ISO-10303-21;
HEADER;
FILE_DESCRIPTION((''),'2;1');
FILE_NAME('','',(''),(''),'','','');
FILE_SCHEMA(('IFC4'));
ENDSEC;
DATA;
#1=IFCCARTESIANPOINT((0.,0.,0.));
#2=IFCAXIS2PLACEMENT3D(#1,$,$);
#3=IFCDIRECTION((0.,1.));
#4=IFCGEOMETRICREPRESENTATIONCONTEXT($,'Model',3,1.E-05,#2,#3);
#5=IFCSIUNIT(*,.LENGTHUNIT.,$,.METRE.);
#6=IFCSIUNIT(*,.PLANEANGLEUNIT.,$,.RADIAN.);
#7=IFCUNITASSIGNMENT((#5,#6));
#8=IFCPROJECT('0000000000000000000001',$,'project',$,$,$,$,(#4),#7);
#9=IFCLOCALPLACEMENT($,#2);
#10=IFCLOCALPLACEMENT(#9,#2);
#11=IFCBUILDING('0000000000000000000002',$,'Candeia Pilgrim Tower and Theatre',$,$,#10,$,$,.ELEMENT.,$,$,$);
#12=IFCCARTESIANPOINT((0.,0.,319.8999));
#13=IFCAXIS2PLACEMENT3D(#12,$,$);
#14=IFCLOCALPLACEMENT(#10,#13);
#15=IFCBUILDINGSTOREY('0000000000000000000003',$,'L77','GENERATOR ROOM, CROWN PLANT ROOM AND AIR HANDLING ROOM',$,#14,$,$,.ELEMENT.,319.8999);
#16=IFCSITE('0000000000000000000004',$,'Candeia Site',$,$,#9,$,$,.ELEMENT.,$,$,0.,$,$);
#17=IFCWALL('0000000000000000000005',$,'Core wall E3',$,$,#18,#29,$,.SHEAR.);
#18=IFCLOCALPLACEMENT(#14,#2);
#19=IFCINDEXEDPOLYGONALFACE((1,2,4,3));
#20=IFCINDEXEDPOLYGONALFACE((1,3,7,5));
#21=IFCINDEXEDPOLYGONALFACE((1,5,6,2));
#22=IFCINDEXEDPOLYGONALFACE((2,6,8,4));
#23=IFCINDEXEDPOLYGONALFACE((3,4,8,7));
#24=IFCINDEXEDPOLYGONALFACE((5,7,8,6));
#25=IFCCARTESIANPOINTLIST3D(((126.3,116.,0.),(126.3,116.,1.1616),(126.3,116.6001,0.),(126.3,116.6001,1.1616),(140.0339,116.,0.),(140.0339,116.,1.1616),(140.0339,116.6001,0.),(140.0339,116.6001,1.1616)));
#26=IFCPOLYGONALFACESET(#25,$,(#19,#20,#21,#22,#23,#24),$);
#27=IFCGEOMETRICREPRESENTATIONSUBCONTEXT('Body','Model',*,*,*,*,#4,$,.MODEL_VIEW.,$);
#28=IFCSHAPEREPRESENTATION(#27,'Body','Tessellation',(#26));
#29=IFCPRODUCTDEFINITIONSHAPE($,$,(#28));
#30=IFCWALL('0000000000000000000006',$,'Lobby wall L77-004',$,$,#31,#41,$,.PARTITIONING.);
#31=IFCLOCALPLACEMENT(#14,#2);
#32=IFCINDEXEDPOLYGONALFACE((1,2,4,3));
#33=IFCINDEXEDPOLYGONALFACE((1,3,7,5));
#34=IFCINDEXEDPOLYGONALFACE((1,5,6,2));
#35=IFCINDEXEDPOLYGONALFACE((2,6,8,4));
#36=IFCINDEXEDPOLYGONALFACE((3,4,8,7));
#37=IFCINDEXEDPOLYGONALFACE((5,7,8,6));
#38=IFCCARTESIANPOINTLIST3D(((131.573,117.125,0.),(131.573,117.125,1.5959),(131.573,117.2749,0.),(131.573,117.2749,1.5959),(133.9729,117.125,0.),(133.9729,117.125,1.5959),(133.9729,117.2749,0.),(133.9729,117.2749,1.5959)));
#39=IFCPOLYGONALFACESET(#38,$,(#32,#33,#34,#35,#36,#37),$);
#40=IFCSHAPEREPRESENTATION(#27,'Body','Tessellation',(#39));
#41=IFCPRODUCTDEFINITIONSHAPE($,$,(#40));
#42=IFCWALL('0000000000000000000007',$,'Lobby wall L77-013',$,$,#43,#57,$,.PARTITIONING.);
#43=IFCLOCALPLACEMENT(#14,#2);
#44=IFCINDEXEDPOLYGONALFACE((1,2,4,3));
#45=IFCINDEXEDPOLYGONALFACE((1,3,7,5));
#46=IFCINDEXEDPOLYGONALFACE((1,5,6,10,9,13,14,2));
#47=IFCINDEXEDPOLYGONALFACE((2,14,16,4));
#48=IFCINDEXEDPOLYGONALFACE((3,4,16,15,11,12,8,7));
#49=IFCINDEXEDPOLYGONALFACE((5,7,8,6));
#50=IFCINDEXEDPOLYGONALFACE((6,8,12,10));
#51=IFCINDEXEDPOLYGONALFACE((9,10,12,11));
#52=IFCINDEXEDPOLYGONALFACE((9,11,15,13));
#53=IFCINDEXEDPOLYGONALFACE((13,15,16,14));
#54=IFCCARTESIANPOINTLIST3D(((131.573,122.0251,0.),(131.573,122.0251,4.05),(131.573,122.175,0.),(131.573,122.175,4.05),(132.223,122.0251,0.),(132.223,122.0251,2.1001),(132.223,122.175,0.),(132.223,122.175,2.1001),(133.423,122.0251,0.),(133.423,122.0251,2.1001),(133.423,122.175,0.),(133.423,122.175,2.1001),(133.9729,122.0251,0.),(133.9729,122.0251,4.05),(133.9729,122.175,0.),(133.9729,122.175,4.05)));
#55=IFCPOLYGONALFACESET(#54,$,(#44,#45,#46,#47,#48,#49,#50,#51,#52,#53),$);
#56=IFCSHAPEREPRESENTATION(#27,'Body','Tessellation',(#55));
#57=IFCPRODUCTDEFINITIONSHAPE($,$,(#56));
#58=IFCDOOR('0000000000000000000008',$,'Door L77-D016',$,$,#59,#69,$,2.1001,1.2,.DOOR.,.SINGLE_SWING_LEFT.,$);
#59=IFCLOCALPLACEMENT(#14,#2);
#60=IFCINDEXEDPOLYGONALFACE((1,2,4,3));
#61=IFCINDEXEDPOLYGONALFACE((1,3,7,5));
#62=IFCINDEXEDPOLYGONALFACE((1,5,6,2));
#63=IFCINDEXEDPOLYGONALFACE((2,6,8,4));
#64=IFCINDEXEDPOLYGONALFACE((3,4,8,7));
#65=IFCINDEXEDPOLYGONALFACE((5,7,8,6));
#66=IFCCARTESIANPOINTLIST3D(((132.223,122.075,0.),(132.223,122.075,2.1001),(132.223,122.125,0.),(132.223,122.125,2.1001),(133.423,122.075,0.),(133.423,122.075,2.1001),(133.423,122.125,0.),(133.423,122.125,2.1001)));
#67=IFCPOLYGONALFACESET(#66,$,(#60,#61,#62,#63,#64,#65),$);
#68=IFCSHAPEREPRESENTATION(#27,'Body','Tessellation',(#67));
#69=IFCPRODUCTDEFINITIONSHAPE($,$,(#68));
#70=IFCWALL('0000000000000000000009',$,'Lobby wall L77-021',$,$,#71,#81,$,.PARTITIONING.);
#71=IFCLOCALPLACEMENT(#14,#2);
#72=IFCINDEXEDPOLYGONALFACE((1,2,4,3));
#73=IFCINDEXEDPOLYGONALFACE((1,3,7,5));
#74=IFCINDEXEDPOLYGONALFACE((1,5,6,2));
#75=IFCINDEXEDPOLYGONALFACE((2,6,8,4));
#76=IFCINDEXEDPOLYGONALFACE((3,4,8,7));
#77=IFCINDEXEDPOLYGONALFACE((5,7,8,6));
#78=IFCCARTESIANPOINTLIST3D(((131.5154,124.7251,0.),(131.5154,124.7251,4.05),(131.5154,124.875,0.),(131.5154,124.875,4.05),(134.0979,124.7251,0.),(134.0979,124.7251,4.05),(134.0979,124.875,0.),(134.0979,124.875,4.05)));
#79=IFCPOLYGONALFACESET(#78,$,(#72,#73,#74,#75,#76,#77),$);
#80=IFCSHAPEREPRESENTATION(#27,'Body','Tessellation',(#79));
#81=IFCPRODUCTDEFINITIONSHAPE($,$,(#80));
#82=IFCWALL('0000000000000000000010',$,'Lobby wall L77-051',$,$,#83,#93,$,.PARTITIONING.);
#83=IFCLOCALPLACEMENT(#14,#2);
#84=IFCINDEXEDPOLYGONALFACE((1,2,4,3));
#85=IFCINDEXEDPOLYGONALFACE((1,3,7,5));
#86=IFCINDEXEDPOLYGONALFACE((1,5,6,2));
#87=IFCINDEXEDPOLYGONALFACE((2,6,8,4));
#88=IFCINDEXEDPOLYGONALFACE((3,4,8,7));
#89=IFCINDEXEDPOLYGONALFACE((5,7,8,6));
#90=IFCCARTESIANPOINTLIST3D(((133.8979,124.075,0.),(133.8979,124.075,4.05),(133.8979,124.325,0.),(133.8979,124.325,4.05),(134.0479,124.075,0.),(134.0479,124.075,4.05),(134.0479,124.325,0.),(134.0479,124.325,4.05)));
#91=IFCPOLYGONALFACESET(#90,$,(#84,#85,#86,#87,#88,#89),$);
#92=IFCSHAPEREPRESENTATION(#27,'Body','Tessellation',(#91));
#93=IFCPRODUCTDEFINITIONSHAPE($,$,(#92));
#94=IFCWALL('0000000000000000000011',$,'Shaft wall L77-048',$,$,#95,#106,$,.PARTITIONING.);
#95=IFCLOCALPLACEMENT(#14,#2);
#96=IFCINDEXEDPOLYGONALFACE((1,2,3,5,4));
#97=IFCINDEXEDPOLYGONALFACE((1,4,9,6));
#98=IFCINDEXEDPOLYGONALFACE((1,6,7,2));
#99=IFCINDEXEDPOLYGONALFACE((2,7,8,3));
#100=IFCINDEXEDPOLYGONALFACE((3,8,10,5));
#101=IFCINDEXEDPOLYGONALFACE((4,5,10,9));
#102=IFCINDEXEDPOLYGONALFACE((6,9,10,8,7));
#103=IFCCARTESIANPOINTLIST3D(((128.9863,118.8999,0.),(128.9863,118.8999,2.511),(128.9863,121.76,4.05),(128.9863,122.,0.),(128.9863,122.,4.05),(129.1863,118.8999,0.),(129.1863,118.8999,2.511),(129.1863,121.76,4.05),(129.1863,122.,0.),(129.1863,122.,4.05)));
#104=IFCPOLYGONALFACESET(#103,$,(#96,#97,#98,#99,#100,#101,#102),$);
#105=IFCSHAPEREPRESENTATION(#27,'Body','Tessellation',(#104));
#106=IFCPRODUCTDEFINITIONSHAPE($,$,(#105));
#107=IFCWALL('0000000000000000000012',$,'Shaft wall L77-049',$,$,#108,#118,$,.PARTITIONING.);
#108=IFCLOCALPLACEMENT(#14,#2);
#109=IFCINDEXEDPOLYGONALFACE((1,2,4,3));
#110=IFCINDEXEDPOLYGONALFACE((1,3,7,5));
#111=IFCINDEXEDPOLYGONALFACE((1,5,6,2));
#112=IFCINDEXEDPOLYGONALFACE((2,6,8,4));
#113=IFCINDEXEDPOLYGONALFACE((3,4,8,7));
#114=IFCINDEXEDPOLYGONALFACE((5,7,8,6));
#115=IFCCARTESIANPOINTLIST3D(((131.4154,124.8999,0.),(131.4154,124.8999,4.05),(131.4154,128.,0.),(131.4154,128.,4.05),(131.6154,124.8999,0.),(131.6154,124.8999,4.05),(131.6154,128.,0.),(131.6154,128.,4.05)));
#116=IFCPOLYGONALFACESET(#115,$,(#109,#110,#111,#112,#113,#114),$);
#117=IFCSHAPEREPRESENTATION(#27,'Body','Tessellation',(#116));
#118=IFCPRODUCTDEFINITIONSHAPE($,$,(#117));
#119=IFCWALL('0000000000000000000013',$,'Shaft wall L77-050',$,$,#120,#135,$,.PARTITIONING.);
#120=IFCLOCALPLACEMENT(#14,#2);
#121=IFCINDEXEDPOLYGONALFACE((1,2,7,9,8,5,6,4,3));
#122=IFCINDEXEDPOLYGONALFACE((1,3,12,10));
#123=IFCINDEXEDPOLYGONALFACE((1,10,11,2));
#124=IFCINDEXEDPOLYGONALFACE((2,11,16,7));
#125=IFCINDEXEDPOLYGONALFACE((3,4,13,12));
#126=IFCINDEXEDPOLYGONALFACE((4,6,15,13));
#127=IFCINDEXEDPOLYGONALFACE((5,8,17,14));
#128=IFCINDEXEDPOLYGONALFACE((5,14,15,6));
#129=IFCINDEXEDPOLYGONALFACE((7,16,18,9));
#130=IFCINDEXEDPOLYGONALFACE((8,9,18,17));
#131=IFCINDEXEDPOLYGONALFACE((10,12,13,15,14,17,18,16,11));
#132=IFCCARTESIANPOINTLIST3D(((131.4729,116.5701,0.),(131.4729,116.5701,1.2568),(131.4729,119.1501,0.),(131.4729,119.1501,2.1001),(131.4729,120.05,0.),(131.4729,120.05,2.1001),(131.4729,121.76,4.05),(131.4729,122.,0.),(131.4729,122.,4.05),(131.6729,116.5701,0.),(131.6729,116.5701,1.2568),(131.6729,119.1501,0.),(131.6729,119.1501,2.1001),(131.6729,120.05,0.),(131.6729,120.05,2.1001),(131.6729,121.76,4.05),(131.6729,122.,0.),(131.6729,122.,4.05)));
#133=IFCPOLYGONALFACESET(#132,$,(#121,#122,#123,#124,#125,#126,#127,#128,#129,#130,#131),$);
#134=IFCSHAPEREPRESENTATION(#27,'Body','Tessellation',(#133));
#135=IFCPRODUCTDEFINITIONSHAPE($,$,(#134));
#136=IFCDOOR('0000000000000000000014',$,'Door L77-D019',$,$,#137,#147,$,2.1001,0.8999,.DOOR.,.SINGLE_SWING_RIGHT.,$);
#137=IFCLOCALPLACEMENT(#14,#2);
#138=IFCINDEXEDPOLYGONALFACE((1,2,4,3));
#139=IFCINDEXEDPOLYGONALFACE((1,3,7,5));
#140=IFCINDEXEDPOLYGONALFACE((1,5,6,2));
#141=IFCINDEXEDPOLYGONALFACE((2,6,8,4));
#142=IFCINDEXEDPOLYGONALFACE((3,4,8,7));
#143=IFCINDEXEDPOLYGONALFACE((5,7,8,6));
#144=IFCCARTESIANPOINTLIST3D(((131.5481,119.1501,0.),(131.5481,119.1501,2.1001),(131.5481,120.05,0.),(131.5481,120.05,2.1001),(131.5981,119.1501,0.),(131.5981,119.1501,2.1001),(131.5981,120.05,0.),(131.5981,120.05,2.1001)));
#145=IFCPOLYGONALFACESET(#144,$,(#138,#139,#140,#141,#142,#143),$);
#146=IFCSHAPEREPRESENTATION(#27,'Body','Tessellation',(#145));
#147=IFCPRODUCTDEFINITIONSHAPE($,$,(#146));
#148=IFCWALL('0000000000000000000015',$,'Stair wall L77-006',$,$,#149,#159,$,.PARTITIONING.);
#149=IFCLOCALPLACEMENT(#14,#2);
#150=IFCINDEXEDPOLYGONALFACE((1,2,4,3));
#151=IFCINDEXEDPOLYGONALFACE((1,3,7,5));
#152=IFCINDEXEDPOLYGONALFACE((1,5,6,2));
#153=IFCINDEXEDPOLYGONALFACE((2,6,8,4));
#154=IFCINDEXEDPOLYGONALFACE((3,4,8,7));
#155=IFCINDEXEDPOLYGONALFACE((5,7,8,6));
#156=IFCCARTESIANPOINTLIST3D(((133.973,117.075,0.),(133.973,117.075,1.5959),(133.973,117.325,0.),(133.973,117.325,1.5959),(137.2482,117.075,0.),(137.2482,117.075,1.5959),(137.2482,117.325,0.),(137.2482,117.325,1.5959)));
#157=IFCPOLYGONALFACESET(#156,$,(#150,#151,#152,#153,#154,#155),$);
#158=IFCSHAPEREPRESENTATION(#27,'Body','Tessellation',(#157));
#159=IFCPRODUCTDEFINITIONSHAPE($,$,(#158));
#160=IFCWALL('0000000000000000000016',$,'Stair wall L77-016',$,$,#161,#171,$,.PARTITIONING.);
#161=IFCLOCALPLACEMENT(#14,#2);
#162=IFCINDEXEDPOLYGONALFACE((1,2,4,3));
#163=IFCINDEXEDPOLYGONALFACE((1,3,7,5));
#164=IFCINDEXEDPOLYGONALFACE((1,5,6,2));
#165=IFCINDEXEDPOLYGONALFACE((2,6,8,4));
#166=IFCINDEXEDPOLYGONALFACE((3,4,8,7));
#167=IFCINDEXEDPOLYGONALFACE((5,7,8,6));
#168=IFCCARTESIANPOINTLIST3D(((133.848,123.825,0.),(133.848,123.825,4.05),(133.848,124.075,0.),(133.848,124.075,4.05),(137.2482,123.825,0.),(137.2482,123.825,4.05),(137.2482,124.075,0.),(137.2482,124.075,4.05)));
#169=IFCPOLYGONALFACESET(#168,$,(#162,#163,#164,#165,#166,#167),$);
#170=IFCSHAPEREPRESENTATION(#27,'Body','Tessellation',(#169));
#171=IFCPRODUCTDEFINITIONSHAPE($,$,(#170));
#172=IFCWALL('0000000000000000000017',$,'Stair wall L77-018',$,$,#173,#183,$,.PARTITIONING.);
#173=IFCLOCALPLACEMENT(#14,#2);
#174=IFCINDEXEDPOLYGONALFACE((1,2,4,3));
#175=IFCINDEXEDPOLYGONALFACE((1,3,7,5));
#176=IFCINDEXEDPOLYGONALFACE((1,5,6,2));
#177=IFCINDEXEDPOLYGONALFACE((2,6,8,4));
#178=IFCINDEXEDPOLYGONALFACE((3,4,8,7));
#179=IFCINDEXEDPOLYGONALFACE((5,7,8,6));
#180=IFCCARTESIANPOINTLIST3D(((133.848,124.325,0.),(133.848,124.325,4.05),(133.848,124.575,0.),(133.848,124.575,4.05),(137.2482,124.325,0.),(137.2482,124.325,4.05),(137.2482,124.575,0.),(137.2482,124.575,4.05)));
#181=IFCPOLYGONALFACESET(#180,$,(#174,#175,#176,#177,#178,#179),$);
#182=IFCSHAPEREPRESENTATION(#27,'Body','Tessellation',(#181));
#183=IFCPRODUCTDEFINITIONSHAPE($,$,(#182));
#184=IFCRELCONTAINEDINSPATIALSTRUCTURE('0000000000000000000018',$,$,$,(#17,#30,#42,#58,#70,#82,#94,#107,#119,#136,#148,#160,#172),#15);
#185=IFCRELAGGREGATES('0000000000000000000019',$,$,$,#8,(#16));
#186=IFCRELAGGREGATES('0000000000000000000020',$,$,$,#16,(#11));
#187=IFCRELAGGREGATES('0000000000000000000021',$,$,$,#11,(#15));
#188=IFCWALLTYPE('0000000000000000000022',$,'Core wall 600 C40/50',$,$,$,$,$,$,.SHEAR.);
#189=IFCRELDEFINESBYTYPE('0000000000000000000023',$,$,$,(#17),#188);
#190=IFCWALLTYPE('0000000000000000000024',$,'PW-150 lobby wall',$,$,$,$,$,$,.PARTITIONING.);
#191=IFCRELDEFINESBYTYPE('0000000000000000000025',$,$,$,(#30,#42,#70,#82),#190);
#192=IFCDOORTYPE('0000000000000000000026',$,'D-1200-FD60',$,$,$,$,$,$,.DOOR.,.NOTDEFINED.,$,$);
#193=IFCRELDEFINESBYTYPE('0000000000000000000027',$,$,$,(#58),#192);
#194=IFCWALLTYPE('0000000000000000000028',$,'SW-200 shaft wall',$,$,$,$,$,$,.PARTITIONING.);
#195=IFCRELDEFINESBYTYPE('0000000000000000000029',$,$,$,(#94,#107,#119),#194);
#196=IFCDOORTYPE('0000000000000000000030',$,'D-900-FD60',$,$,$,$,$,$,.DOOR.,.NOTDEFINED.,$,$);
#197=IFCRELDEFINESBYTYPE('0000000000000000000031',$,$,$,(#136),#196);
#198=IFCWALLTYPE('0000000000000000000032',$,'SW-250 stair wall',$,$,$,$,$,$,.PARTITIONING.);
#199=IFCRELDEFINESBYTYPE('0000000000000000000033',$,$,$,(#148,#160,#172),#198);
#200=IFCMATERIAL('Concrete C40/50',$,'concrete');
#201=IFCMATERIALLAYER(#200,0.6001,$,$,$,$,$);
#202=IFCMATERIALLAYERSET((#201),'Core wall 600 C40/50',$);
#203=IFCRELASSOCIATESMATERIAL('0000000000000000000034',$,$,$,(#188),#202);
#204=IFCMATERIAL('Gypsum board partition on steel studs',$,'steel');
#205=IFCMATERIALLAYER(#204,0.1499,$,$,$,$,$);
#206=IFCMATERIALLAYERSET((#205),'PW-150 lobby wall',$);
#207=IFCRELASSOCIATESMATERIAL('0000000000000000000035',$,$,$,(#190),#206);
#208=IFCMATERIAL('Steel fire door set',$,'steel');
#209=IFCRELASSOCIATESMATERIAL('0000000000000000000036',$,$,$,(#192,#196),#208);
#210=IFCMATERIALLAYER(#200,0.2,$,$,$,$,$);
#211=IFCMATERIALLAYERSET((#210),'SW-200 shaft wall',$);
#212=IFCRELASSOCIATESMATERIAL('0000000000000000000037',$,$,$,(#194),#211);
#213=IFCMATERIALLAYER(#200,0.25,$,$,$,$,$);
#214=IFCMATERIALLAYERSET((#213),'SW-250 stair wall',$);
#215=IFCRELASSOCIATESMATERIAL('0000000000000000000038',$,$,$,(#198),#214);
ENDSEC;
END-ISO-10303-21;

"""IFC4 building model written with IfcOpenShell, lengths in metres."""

from ifc_helpers import new_model, si_unit, direction, frame, frame_2d, origin, place, context, subcontext, project, spatial, polyline, rectangle, outline, extrude, material, layer, layer_set, type_object, element, fill, save


model = new_model("IFC4")

# Units and contexts
model_context = context("Model", 3, precision=1e-05, world=origin(), true_north=direction((0.0, 1.0)))
body_context = subcontext(model_context, "Body", "Model", "MODEL_VIEW")
ifc_project = project(units=[si_unit("LENGTHUNIT", "METRE"), si_unit("PLANEANGLEUNIT", "RADIAN")], contexts=[model_context])

# Site, building, storey
site_placement = place(None, origin())
site = spatial("IfcSite", under=ifc_project, at=site_placement, Name="Candeia Site", CompositionType="ELEMENT", RefElevation=0.0)
building_placement = place(site_placement, origin())
building = spatial("IfcBuilding", under=site, at=building_placement, Name="Candeia Pilgrim Tower and Theatre", CompositionType="ELEMENT")
storey_placement = place(building_placement, frame((0.0, 0.0, 319.8999)))
storey = spatial("IfcBuildingStorey", under=building, at=storey_placement, Name="L77", Description="GENERATOR ROOM, CROWN PLANT ROOM AND AIR HANDLING ROOM", CompositionType="ELEMENT", Elevation=319.8999)

# Walls
ifc_material_1 = material(Name="Concrete C40/50", Category="concrete")
ifc_layer_1 = layer(ifc_material_1, 0.6001)
ifc_layer_set_1 = layer_set([ifc_layer_1], Name="Core wall 600 C40/50")
wall_type_1 = type_object("IfcWallType", Name="Core wall 600 C40/50", PredefinedType="SHEAR", material=ifc_layer_set_1)
wall_1_placement = place(storey_placement, frame((140.0339, 116.3, 0.0), z_axis=(0.0, 0.0, 1.0), x_axis=(-1.0, 0.0, 0.0)))
element("IfcWall", 1, at=wall_1_placement, inside=storey, type_object=wall_type_1, Name="Core wall E3", PredefinedType="SHEAR", context=body_context, shape_type="SweptSolid", body=[
    extrude(outline(polyline([(0.0, 0.0), (13.7339, 0.0), (13.7339, 1.1616), (0.0, 1.1616), (0.0, 0.0)])), frame((0.0, 0.3, 0.0), z_axis=(0.0, -1.0, 0.0), x_axis=(1.0, 0.0, 0.0)), (0.0, 0.0, 1.0), 0.6001),
])
ifc_material_2 = material(Name="Gypsum board partition on steel studs", Category="steel")
ifc_layer_2 = layer(ifc_material_2, 0.1499)
ifc_layer_set_2 = layer_set([ifc_layer_2], Name="PW-150 lobby wall")
wall_type_2 = type_object("IfcWallType", Name="PW-150 lobby wall", PredefinedType="PARTITIONING", material=ifc_layer_set_2)
wall_2_placement = place(storey_placement, frame((131.573, 117.2, 0.0), z_axis=(0.0, 0.0, 1.0), x_axis=(1.0, 0.0, 0.0)))
element("IfcWall", 2, at=wall_2_placement, inside=storey, type_object=wall_type_2, Name="Lobby wall L77-004", PredefinedType="PARTITIONING", context=body_context, shape_type="SweptSolid", body=[
    extrude(rectangle(XDim=2.3999, YDim=0.1499, at=frame_2d((1.2, 0.0))), origin(), (0.0, 0.0, 1.0), 1.5959),
])

# Wall, opening, door
wall_3_placement = place(storey_placement, frame((131.573, 122.1001, 0.0), z_axis=(0.0, 0.0, 1.0), x_axis=(1.0, 0.0, 0.0)))
wall_3 = element("IfcWall", 3, at=wall_3_placement, inside=storey, type_object=wall_type_2, Name="Lobby wall L77-013", PredefinedType="PARTITIONING", context=body_context, shape_type="SweptSolid", body=[
    extrude(rectangle(XDim=2.3999, YDim=0.1499, at=frame_2d((1.2, 0.0))), origin(), (0.0, 0.0, 1.0), 4.05),
])
opening_1_placement = place(wall_3_placement, frame((0.6499, 0.0, 0.0)))
opening_1 = element("IfcOpeningElement", 4, at=opening_1_placement, cuts=wall_3, PredefinedType="OPENING", context=body_context, shape_type="SweptSolid", body=[
    extrude(rectangle(XDim=1.2, YDim=2.1001, at=frame_2d((0.6001, 1.05))), frame((0.0, 0.085, 0.0), z_axis=(0.0, -1.0, 0.0), x_axis=(1.0, 0.0, 0.0)), (0.0, 0.0, 1.0), 0.1699),
])
ifc_material_3 = material(Name="Steel fire door set", Category="steel")
door_type_1 = type_object("IfcDoorType", Name="D-1200-FD60", OperationType="NOTDEFINED", PredefinedType="DOOR", material=ifc_material_3)
door_1_placement = place(opening_1_placement, origin())
door_1 = element("IfcDoor", 5, at=door_1_placement, inside=storey, type_object=door_type_1, Name="Door L77-D016", OperationType="SINGLE_SWING_LEFT", OverallHeight=2.1001, OverallWidth=1.2, PredefinedType="DOOR", context=body_context, shape_type="SweptSolid", body=[
    extrude(rectangle(XDim=1.2, YDim=2.1001, at=frame_2d((0.6001, 1.05))), frame((0.0, 0.0249, 0.0), z_axis=(0.0, -1.0, 0.0), x_axis=(1.0, 0.0, 0.0)), (0.0, 0.0, 1.0), 0.05),
])
fill(opening_1, door_1)

# Walls
wall_4_placement = place(storey_placement, frame((131.5154, 124.8, 0.0), z_axis=(0.0, 0.0, 1.0), x_axis=(1.0, 0.0, 0.0)))
element("IfcWall", 6, at=wall_4_placement, inside=storey, type_object=wall_type_2, Name="Lobby wall L77-021", PredefinedType="PARTITIONING", context=body_context, shape_type="SweptSolid", body=[
    extrude(rectangle(XDim=2.5825, YDim=0.1499, at=frame_2d((1.2913, 0.0))), origin(), (0.0, 0.0, 1.0), 4.05),
])
wall_5_placement = place(storey_placement, frame((133.9729, 124.075, 0.0), z_axis=(0.0, 0.0, 1.0), x_axis=(0.0, 1.0, 0.0)))
element("IfcWall", 7, at=wall_5_placement, inside=storey, type_object=wall_type_2, Name="Lobby wall L77-051", PredefinedType="PARTITIONING", context=body_context, shape_type="SweptSolid", body=[
    extrude(rectangle(XDim=0.25, YDim=0.1499, at=frame_2d((0.125, 0.0))), origin(), (0.0, 0.0, 1.0), 4.05),
])
ifc_layer_3 = layer(ifc_material_1, 0.2)
ifc_layer_set_3 = layer_set([ifc_layer_3], Name="SW-200 shaft wall")
wall_type_3 = type_object("IfcWallType", Name="SW-200 shaft wall", PredefinedType="PARTITIONING", material=ifc_layer_set_3)
wall_6_placement = place(storey_placement, frame((129.0864, 118.8999, 0.0), z_axis=(0.0, 0.0, 1.0), x_axis=(0.0, 1.0, 0.0)))
element("IfcWall", 8, at=wall_6_placement, inside=storey, type_object=wall_type_3, Name="Shaft wall L77-048", PredefinedType="PARTITIONING", context=body_context, shape_type="SweptSolid", body=[
    extrude(outline(polyline([(0.0, 0.0), (3.1001, 0.0), (3.1001, 4.05), (2.8601, 4.05), (0.0, 2.511), (0.0, 0.0)])), frame((0.0, 0.1001, 0.0), z_axis=(0.0, -1.0, 0.0), x_axis=(1.0, 0.0, 0.0)), (0.0, 0.0, 1.0), 0.2),
])
wall_7_placement = place(storey_placement, frame((131.5154, 124.8999, 0.0), z_axis=(0.0, 0.0, 1.0), x_axis=(0.0, 1.0, 0.0)))
element("IfcWall", 9, at=wall_7_placement, inside=storey, type_object=wall_type_3, Name="Shaft wall L77-049", PredefinedType="PARTITIONING", context=body_context, shape_type="SweptSolid", body=[
    extrude(rectangle(XDim=3.1001, YDim=0.2, at=frame_2d((1.55, 0.0))), origin(), (0.0, 0.0, 1.0), 4.05),
])

# Wall, opening, door
wall_8_placement = place(storey_placement, frame((131.573, 116.5701, 0.0), z_axis=(0.0, 0.0, 1.0), x_axis=(0.0, 1.0, 0.0)))
wall_8 = element("IfcWall", 10, at=wall_8_placement, inside=storey, type_object=wall_type_3, Name="Shaft wall L77-050", PredefinedType="PARTITIONING", context=body_context, shape_type="SweptSolid", body=[
    extrude(outline(polyline([(0.0, 0.0), (5.4299, 0.0), (5.4299, 4.05), (5.1899, 4.05), (0.0, 1.2568), (0.0, 0.0)])), frame((0.0, 0.1001, 0.0), z_axis=(0.0, -1.0, 0.0), x_axis=(1.0, 0.0, 0.0)), (0.0, 0.0, 1.0), 0.2),
])
opening_2_placement = place(wall_8_placement, frame((2.5801, 0.0, 0.0)))
opening_2 = element("IfcOpeningElement", 11, at=opening_2_placement, cuts=wall_8, PredefinedType="OPENING", context=body_context, shape_type="SweptSolid", body=[
    extrude(rectangle(XDim=0.8999, YDim=2.1001, at=frame_2d((0.45, 1.05))), frame((0.0, 0.1099, 0.0), z_axis=(0.0, -1.0, 0.0), x_axis=(1.0, 0.0, 0.0)), (0.0, 0.0, 1.0), 0.22),
])
door_type_2 = type_object("IfcDoorType", Name="D-900-FD60", OperationType="NOTDEFINED", PredefinedType="DOOR", material=ifc_material_3)
door_2_placement = place(opening_2_placement, origin())
door_2 = element("IfcDoor", 12, at=door_2_placement, inside=storey, type_object=door_type_2, Name="Door L77-D019", OperationType="SINGLE_SWING_RIGHT", OverallHeight=2.1001, OverallWidth=0.8999, PredefinedType="DOOR", context=body_context, shape_type="SweptSolid", body=[
    extrude(rectangle(XDim=0.8999, YDim=2.1001, at=frame_2d((0.45, 1.05))), frame((0.0, 0.0249, 0.0), z_axis=(0.0, -1.0, 0.0), x_axis=(1.0, 0.0, 0.0)), (0.0, 0.0, 1.0), 0.05),
])
fill(opening_2, door_2)

# Walls
ifc_layer_4 = layer(ifc_material_1, 0.25)
ifc_layer_set_4 = layer_set([ifc_layer_4], Name="SW-250 stair wall")
wall_type_4 = type_object("IfcWallType", Name="SW-250 stair wall", PredefinedType="PARTITIONING", material=ifc_layer_set_4)
wall_9_placement = place(storey_placement, frame((133.9729, 117.2, 0.0), z_axis=(0.0, 0.0, 1.0), x_axis=(1.0, 0.0, 0.0)))
element("IfcWall", 13, at=wall_9_placement, inside=storey, type_object=wall_type_4, Name="Stair wall L77-006", PredefinedType="PARTITIONING", context=body_context, shape_type="SweptSolid", body=[
    extrude(rectangle(XDim=3.2751, YDim=0.25, at=frame_2d((1.6377, 0.0))), origin(), (0.0, 0.0, 1.0), 1.5959),
])
for number, where, z_axis, x_axis, name in (
    (14, (133.8479, 123.95, 0.0), (0.0, 0.0, 1.0), (1.0, 0.0, 0.0), "Stair wall L77-016"),
    (15, (133.8479, 124.45, 0.0), (0.0, 0.0, 1.0), (1.0, 0.0, 0.0), "Stair wall L77-018"),
):
    element("IfcWall", number, at=place(storey_placement, frame(where, z_axis=z_axis, x_axis=x_axis)), inside=storey, type_object=wall_type_4, Name=name, PredefinedType="PARTITIONING", context=body_context, shape_type="SweptSolid", body=[
        extrude(rectangle(XDim=3.4001, YDim=0.25, at=frame_2d((1.7002, 0.0))), origin(), (0.0, 0.0, 1.0), 4.05),
    ])

save(model, "model.ifc")
